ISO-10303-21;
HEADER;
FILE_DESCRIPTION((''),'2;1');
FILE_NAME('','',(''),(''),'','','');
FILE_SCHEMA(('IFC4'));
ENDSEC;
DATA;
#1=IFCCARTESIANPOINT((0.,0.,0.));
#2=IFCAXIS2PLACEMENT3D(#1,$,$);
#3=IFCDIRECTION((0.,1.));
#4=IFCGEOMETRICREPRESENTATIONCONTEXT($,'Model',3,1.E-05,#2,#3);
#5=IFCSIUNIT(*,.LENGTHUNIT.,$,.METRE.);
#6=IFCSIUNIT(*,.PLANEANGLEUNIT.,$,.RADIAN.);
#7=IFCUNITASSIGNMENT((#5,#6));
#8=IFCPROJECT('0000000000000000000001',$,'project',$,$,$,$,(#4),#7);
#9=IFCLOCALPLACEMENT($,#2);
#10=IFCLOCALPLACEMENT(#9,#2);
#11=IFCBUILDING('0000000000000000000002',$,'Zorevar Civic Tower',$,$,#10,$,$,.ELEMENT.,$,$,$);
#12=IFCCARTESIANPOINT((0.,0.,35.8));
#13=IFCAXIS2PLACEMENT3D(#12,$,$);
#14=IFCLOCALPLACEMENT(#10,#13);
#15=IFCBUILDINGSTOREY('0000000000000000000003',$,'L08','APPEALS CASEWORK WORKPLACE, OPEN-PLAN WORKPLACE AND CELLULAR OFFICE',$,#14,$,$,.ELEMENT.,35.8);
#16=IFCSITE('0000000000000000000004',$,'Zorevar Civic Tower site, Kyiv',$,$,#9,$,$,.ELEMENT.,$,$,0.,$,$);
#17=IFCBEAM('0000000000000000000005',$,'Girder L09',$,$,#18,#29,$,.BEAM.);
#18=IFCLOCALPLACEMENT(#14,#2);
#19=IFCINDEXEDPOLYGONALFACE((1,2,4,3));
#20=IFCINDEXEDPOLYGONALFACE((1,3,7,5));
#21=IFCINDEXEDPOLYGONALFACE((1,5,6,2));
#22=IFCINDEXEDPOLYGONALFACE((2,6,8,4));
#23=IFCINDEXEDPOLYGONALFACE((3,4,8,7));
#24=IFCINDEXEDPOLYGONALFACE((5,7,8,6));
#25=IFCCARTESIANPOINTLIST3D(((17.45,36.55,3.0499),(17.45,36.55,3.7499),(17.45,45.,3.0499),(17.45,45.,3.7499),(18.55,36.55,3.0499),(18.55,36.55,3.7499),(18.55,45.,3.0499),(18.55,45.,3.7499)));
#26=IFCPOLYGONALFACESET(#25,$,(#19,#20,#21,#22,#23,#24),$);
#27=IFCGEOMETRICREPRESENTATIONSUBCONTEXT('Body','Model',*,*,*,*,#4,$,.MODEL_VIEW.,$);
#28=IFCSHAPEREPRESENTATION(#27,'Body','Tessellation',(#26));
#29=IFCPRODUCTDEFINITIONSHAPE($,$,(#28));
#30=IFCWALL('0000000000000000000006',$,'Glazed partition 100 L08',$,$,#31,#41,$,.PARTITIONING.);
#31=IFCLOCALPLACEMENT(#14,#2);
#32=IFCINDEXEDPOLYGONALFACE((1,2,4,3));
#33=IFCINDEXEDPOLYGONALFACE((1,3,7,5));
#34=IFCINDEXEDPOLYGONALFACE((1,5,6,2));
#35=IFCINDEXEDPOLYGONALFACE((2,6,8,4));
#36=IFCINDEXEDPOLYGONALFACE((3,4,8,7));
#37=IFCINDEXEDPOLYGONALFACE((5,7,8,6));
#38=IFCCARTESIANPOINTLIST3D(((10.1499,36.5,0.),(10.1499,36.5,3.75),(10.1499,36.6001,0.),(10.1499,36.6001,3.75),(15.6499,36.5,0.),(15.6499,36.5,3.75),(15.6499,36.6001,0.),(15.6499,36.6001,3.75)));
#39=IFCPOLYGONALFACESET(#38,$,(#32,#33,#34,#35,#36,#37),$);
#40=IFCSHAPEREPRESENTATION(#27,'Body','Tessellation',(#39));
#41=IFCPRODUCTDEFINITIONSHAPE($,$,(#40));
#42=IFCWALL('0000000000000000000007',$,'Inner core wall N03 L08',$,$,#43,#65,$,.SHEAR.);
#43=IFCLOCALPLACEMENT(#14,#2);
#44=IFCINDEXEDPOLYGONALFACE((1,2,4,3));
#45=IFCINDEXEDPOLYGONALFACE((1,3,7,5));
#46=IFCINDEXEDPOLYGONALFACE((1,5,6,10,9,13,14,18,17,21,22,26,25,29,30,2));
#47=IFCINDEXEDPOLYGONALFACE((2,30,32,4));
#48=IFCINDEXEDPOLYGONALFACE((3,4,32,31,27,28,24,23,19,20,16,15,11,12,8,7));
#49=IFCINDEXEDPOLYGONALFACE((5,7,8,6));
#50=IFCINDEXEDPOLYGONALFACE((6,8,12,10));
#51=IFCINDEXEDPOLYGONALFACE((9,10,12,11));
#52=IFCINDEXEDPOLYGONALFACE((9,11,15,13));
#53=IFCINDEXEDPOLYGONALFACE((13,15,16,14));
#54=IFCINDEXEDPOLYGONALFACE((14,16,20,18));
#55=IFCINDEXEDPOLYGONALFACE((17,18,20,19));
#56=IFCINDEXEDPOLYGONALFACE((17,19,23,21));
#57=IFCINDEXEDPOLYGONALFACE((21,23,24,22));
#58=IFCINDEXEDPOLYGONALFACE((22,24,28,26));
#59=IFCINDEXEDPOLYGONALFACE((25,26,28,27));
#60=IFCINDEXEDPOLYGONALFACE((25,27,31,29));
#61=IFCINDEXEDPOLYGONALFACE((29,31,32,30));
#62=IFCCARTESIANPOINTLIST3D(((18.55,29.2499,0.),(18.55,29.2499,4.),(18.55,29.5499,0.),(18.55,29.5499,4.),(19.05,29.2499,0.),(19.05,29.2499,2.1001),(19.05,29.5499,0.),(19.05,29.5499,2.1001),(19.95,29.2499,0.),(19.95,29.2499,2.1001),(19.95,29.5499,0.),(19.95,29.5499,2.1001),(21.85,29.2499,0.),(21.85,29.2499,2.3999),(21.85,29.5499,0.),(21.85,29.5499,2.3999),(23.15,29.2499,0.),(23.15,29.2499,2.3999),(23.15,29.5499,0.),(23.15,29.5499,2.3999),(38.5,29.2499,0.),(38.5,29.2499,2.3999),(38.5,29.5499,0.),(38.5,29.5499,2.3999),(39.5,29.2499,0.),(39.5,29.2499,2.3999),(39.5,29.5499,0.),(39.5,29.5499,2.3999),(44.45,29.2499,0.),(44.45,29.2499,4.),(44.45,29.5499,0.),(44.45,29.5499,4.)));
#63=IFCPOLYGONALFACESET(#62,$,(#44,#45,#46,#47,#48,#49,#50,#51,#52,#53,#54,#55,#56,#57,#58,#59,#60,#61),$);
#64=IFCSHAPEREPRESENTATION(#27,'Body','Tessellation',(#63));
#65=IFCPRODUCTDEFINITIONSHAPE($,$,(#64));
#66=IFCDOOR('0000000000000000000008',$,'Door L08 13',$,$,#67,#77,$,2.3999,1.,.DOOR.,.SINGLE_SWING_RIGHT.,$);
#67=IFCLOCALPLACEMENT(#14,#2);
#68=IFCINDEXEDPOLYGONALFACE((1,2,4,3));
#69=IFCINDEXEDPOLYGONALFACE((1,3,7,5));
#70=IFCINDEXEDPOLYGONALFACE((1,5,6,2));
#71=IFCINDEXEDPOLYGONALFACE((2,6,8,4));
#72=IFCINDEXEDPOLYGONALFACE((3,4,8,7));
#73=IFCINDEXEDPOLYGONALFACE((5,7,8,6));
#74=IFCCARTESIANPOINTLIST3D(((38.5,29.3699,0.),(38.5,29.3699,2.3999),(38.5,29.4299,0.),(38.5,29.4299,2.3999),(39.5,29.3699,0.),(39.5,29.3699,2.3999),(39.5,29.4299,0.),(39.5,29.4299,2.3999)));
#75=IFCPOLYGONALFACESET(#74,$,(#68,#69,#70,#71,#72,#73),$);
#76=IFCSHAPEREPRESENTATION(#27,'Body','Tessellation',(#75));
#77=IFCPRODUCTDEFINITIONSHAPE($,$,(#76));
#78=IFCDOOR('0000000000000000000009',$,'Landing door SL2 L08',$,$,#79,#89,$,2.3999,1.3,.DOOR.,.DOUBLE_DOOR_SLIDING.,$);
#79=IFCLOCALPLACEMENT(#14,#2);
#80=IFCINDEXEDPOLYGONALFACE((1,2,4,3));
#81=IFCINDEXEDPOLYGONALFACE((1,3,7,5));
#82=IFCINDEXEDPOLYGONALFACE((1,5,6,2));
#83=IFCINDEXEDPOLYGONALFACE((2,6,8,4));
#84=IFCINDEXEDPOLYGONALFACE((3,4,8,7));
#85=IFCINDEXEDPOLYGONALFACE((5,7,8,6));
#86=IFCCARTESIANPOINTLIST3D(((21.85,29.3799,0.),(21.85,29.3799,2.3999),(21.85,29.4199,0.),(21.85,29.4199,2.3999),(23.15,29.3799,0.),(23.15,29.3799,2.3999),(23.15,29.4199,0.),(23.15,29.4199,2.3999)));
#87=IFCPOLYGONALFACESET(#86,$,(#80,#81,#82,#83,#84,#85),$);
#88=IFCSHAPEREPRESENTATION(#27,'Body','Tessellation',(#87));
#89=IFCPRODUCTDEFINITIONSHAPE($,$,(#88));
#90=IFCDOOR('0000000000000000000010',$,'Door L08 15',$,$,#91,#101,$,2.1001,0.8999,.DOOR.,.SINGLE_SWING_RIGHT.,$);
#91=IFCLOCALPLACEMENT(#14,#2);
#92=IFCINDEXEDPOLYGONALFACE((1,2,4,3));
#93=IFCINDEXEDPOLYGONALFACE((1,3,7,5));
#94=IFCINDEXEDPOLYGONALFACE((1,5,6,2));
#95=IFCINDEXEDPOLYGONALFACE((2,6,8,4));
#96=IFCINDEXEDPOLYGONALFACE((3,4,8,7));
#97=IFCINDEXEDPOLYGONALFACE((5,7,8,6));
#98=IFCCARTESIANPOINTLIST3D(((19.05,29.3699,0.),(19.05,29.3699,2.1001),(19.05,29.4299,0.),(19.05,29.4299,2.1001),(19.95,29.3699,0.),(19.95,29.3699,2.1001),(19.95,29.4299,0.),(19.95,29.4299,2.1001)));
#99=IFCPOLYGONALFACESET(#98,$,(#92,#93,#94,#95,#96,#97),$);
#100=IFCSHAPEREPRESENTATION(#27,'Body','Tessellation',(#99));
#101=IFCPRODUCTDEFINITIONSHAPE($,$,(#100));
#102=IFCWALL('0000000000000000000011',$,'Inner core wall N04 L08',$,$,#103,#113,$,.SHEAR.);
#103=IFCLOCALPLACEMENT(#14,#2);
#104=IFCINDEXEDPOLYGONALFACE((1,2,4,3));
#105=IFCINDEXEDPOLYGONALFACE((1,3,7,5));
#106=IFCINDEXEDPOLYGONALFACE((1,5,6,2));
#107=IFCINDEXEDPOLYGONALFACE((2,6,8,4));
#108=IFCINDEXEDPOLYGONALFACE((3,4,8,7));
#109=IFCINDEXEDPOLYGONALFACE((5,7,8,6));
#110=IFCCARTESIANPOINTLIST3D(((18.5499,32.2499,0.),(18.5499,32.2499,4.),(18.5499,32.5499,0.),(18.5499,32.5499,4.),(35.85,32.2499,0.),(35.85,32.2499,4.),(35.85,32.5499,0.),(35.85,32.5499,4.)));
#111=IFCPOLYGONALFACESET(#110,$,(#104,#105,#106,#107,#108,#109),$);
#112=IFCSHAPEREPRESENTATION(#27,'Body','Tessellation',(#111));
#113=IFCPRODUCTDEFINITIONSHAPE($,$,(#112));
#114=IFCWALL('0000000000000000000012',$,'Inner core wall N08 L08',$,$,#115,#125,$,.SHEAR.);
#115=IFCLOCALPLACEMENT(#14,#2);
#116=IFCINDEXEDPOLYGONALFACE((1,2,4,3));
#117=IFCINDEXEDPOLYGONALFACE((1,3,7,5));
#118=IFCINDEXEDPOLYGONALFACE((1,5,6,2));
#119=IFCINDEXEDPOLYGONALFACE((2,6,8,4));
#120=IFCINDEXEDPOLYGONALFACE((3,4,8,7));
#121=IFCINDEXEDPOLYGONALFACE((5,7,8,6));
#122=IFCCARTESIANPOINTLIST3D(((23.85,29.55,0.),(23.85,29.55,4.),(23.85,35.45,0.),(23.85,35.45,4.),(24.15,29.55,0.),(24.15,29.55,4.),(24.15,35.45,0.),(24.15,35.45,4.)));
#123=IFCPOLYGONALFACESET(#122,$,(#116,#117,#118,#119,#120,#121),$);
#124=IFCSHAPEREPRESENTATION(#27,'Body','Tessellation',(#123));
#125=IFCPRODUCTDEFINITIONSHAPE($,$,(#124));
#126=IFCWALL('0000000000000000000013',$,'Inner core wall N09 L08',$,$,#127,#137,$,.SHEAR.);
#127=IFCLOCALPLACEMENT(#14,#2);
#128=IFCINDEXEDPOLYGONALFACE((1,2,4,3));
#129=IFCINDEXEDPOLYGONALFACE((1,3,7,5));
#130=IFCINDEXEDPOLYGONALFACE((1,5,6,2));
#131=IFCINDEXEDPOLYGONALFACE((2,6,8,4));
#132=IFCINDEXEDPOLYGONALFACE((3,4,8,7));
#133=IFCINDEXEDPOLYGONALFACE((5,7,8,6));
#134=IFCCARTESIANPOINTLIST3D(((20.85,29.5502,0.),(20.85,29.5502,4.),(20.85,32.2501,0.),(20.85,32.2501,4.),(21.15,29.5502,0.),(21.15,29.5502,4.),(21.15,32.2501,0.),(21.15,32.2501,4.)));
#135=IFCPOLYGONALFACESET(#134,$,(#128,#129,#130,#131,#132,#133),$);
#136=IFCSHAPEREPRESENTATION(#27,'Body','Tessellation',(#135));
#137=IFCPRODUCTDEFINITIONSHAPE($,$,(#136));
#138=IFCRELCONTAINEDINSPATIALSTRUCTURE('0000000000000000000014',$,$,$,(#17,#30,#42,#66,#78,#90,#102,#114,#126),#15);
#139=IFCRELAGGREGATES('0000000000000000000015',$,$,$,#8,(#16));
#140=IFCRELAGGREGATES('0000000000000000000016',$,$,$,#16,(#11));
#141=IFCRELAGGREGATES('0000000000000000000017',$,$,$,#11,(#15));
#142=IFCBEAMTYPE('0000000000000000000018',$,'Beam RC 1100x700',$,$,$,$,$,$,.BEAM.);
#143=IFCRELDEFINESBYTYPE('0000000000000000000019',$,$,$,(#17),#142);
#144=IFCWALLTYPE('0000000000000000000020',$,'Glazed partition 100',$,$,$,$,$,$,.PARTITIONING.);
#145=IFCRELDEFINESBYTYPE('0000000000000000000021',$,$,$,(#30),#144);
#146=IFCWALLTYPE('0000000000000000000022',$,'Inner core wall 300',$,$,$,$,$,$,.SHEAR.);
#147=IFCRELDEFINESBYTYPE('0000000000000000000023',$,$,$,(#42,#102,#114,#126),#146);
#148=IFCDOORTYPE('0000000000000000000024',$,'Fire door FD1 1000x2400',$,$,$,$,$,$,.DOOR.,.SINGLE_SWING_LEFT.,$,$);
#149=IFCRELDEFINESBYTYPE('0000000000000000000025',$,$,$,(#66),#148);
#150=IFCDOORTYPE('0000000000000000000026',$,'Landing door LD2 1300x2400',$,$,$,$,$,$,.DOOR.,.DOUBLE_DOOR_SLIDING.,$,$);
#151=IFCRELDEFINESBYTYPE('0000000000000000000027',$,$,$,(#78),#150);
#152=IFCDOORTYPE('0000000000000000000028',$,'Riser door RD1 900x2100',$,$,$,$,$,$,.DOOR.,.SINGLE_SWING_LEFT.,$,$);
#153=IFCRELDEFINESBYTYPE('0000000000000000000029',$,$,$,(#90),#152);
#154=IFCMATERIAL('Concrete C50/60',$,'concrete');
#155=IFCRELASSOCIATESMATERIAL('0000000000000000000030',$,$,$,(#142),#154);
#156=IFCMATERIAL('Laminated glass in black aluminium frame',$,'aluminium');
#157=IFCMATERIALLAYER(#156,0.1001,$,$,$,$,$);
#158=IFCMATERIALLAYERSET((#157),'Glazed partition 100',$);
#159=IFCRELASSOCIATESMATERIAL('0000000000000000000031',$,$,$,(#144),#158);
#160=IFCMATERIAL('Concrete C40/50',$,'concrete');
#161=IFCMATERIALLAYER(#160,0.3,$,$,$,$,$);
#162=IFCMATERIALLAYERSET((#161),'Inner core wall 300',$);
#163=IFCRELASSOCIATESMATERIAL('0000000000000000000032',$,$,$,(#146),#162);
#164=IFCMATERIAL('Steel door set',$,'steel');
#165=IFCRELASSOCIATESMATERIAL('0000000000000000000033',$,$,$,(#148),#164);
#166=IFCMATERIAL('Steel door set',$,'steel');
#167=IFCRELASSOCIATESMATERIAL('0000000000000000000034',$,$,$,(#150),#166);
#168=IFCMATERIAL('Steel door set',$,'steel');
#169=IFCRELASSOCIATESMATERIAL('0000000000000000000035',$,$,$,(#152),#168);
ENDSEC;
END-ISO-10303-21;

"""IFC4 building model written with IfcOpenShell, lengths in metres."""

from ifc_helpers import new_model, si_unit, direction, frame, frame_2d, origin, origin_2d, place, context, subcontext, project, spatial, rectangle, extrude, material, layer, layer_set, material_profile, profile_set, type_object, element, fill, save


model = new_model("IFC4")

# Units and contexts
model_context = context("Model", 3, precision=1e-05, world=origin(), true_north=direction((0.0, 1.0)))
body_context = subcontext(model_context, "Body", "Model", "MODEL_VIEW")
ifc_project = project(units=[si_unit("LENGTHUNIT", "METRE"), si_unit("PLANEANGLEUNIT", "RADIAN")], contexts=[model_context])

# Site, building, storey
site_placement = place(None, origin())
site = spatial("IfcSite", under=ifc_project, at=site_placement, Name="Zorevar Civic Tower site, Kyiv", CompositionType="ELEMENT", RefElevation=0.0)
building_placement = place(site_placement, origin())
building = spatial("IfcBuilding", under=site, at=building_placement, Name="Zorevar Civic Tower", CompositionType="ELEMENT")
storey_placement = place(building_placement, frame((0.0, 0.0, 35.8)))
storey = spatial("IfcBuildingStorey", under=building, at=storey_placement, Name="L08", Description="APPEALS CASEWORK WORKPLACE, OPEN-PLAN WORKPLACE AND CELLULAR OFFICE", CompositionType="ELEMENT", Elevation=35.8)

# Beam
ifc_material_1 = material(Name="Concrete C50/60", Category="concrete")
ifc_material_profile = material_profile(ifc_material_1, rectangle(XDim=1.1001, YDim=0.7, at=origin_2d()), Name="RC 1100x700")
ifc_profile_set = profile_set([ifc_material_profile], Name="Concrete C50/60")
beam_type = type_object("IfcBeamType", Name="Beam RC 1100x700", PredefinedType="BEAM", material=ifc_profile_set)
beam_placement = place(storey_placement, frame((18.0, 36.55, 3.3999), z_axis=(0.0, 1.0, 0.0), x_axis=(-1.0, 0.0, 0.0)))
element("IfcBeam", 1, at=beam_placement, inside=storey, type_object=beam_type, Name="Girder L09", PredefinedType="BEAM", context=body_context, shape_type="SweptSolid", body=[
    extrude(rectangle(XDim=1.1001, YDim=0.7, at=origin_2d()), origin(), (0.0, 0.0, 1.0), 8.45),
])

# Wall
ifc_material_2 = material(Name="Laminated glass in black aluminium frame", Category="aluminium")
ifc_layer_1 = layer(ifc_material_2, 0.1001)
ifc_layer_set_1 = layer_set([ifc_layer_1], Name="Glazed partition 100")
wall_type_1 = type_object("IfcWallType", Name="Glazed partition 100", PredefinedType="PARTITIONING", material=ifc_layer_set_1)
wall_1_placement = place(storey_placement, frame((10.1499, 36.55, 0.0), z_axis=(0.0, 0.0, 1.0), x_axis=(1.0, 0.0, 0.0)))
element("IfcWall", 2, at=wall_1_placement, inside=storey, type_object=wall_type_1, Name="Glazed partition 100 L08", PredefinedType="PARTITIONING", context=body_context, shape_type="SweptSolid", body=[
    extrude(rectangle(XDim=5.5, YDim=0.1001, at=frame_2d((2.75, 0.0))), origin(), (0.0, 0.0, 1.0), 3.75),
])

# Wall, openings, doors
ifc_material_3 = material(Name="Concrete C40/50", Category="concrete")
ifc_layer_2 = layer(ifc_material_3, 0.3)
ifc_layer_set_2 = layer_set([ifc_layer_2], Name="Inner core wall 300")
wall_type_2 = type_object("IfcWallType", Name="Inner core wall 300", PredefinedType="SHEAR", material=ifc_layer_set_2)
wall_2_placement = place(storey_placement, frame((18.55, 29.3999, 0.0), z_axis=(0.0, 0.0, 1.0), x_axis=(1.0, 0.0, 0.0)))
wall_2 = element("IfcWall", 3, at=wall_2_placement, inside=storey, type_object=wall_type_2, Name="Inner core wall N03 L08", PredefinedType="SHEAR", context=body_context, shape_type="SweptSolid", body=[
    extrude(rectangle(XDim=25.8999, YDim=0.3, at=frame_2d((12.95, 0.0))), origin(), (0.0, 0.0, 1.0), 4.0),
])
opening_1_placement = place(wall_2_placement, frame((19.95, 0.0, 0.0)))
opening_1 = element("IfcOpeningElement", 4, at=opening_1_placement, cuts=wall_2, PredefinedType="OPENING", context=body_context, shape_type="SweptSolid", body=[
    extrude(rectangle(XDim=1.0, YDim=2.3999, at=frame_2d((0.5, 1.2))), frame((0.0, 0.1599, 0.0), z_axis=(0.0, -1.0, 0.0), x_axis=(1.0, 0.0, 0.0)), (0.0, 0.0, 1.0), 0.3201),
])
opening_2_placement = place(wall_2_placement, frame((0.5, 0.0, 0.0)))
opening_2 = element("IfcOpeningElement", 5, at=opening_2_placement, cuts=wall_2, PredefinedType="OPENING", context=body_context, shape_type="SweptSolid", body=[
    extrude(rectangle(XDim=0.8999, YDim=2.1001, at=frame_2d((0.45, 1.05))), frame((0.0, 0.1599, 0.0), z_axis=(0.0, -1.0, 0.0), x_axis=(1.0, 0.0, 0.0)), (0.0, 0.0, 1.0), 0.3201),
])
opening_3_placement = place(wall_2_placement, frame((3.3, 0.0, 0.0)))
opening_3 = element("IfcOpeningElement", 6, at=opening_3_placement, cuts=wall_2, PredefinedType="OPENING", context=body_context, shape_type="SweptSolid", body=[
    extrude(rectangle(XDim=1.3, YDim=2.3999, at=frame_2d((0.6499, 1.2))), frame((0.0, 0.1599, 0.0), z_axis=(0.0, -1.0, 0.0), x_axis=(1.0, 0.0, 0.0)), (0.0, 0.0, 1.0), 0.3201),
])
ifc_material_4 = material(Name="Steel door set", Category="steel")
door_type_1 = type_object("IfcDoorType", Name="Fire door FD1 1000x2400", OperationType="SINGLE_SWING_LEFT", PredefinedType="DOOR", material=ifc_material_4)
door_1_placement = place(opening_1_placement, origin())
door_1 = element("IfcDoor", 7, at=door_1_placement, inside=storey, type_object=door_type_1, Name="Door L08 13", OperationType="SINGLE_SWING_RIGHT", OverallHeight=2.3999, OverallWidth=1.0, PredefinedType="DOOR", context=body_context, shape_type="SweptSolid", body=[
    extrude(rectangle(XDim=1.0, YDim=2.3999, at=frame_2d((0.5, 1.2))), frame((0.0, 0.03, 0.0), z_axis=(0.0, -1.0, 0.0), x_axis=(1.0, 0.0, 0.0)), (0.0, 0.0, 1.0), 0.0601),
])
fill(opening_1, door_1)
ifc_material_5 = material(Name="Steel door set", Category="steel")
door_type_2 = type_object("IfcDoorType", Name="Landing door LD2 1300x2400", OperationType="DOUBLE_DOOR_SLIDING", PredefinedType="DOOR", material=ifc_material_5)
door_2_placement = place(opening_3_placement, origin())
door_2 = element("IfcDoor", 8, at=door_2_placement, inside=storey, type_object=door_type_2, Name="Landing door SL2 L08", OperationType="DOUBLE_DOOR_SLIDING", OverallHeight=2.3999, OverallWidth=1.3, PredefinedType="DOOR", context=body_context, shape_type="SweptSolid", body=[
    extrude(rectangle(XDim=1.3, YDim=2.3999, at=frame_2d((0.6499, 1.2))), frame((0.0, 0.02, 0.0), z_axis=(0.0, -1.0, 0.0), x_axis=(1.0, 0.0, 0.0)), (0.0, 0.0, 1.0), 0.04),
])
fill(opening_3, door_2)
ifc_material_6 = material(Name="Steel door set", Category="steel")
door_type_3 = type_object("IfcDoorType", Name="Riser door RD1 900x2100", OperationType="SINGLE_SWING_LEFT", PredefinedType="DOOR", material=ifc_material_6)
door_3_placement = place(opening_2_placement, origin())
door_3 = element("IfcDoor", 9, at=door_3_placement, inside=storey, type_object=door_type_3, Name="Door L08 15", OperationType="SINGLE_SWING_RIGHT", OverallHeight=2.1001, OverallWidth=0.8999, PredefinedType="DOOR", context=body_context, shape_type="SweptSolid", body=[
    extrude(rectangle(XDim=0.8999, YDim=2.1001, at=frame_2d((0.45, 1.05))), frame((0.0, 0.03, 0.0), z_axis=(0.0, -1.0, 0.0), x_axis=(1.0, 0.0, 0.0)), (0.0, 0.0, 1.0), 0.0601),
])
fill(opening_2, door_3)

# Walls
wall_3_placement = place(storey_placement, frame((18.55, 32.3999, 0.0), z_axis=(0.0, 0.0, 1.0), x_axis=(1.0, 0.0, 0.0)))
element("IfcWall", 10, at=wall_3_placement, inside=storey, type_object=wall_type_2, Name="Inner core wall N04 L08", PredefinedType="SHEAR", context=body_context, shape_type="SweptSolid", body=[
    extrude(rectangle(XDim=17.3, YDim=0.3, at=frame_2d((8.6499, 0.0))), origin(), (0.0, 0.0, 1.0), 4.0),
])
wall_4_placement = place(storey_placement, frame((24.0, 29.55, 0.0), z_axis=(0.0, 0.0, 1.0), x_axis=(0.0, 1.0, 0.0)))
element("IfcWall", 11, at=wall_4_placement, inside=storey, type_object=wall_type_2, Name="Inner core wall N08 L08", PredefinedType="SHEAR", context=body_context, shape_type="SweptSolid", body=[
    extrude(rectangle(XDim=5.8999, YDim=0.3, at=frame_2d((2.95, 0.0))), origin(), (0.0, 0.0, 1.0), 4.0),
])
wall_5_placement = place(storey_placement, frame((21.0, 29.55, 0.0), z_axis=(0.0, 0.0, 1.0), x_axis=(0.0, 1.0, 0.0)))
element("IfcWall", 12, at=wall_5_placement, inside=storey, type_object=wall_type_2, Name="Inner core wall N09 L08", PredefinedType="SHEAR", context=body_context, shape_type="SweptSolid", body=[
    extrude(rectangle(XDim=2.7, YDim=0.3, at=frame_2d((1.3501, 0.0))), origin(), (0.0, 0.0, 1.0), 4.0),
])

save(model, "model.ifc")
